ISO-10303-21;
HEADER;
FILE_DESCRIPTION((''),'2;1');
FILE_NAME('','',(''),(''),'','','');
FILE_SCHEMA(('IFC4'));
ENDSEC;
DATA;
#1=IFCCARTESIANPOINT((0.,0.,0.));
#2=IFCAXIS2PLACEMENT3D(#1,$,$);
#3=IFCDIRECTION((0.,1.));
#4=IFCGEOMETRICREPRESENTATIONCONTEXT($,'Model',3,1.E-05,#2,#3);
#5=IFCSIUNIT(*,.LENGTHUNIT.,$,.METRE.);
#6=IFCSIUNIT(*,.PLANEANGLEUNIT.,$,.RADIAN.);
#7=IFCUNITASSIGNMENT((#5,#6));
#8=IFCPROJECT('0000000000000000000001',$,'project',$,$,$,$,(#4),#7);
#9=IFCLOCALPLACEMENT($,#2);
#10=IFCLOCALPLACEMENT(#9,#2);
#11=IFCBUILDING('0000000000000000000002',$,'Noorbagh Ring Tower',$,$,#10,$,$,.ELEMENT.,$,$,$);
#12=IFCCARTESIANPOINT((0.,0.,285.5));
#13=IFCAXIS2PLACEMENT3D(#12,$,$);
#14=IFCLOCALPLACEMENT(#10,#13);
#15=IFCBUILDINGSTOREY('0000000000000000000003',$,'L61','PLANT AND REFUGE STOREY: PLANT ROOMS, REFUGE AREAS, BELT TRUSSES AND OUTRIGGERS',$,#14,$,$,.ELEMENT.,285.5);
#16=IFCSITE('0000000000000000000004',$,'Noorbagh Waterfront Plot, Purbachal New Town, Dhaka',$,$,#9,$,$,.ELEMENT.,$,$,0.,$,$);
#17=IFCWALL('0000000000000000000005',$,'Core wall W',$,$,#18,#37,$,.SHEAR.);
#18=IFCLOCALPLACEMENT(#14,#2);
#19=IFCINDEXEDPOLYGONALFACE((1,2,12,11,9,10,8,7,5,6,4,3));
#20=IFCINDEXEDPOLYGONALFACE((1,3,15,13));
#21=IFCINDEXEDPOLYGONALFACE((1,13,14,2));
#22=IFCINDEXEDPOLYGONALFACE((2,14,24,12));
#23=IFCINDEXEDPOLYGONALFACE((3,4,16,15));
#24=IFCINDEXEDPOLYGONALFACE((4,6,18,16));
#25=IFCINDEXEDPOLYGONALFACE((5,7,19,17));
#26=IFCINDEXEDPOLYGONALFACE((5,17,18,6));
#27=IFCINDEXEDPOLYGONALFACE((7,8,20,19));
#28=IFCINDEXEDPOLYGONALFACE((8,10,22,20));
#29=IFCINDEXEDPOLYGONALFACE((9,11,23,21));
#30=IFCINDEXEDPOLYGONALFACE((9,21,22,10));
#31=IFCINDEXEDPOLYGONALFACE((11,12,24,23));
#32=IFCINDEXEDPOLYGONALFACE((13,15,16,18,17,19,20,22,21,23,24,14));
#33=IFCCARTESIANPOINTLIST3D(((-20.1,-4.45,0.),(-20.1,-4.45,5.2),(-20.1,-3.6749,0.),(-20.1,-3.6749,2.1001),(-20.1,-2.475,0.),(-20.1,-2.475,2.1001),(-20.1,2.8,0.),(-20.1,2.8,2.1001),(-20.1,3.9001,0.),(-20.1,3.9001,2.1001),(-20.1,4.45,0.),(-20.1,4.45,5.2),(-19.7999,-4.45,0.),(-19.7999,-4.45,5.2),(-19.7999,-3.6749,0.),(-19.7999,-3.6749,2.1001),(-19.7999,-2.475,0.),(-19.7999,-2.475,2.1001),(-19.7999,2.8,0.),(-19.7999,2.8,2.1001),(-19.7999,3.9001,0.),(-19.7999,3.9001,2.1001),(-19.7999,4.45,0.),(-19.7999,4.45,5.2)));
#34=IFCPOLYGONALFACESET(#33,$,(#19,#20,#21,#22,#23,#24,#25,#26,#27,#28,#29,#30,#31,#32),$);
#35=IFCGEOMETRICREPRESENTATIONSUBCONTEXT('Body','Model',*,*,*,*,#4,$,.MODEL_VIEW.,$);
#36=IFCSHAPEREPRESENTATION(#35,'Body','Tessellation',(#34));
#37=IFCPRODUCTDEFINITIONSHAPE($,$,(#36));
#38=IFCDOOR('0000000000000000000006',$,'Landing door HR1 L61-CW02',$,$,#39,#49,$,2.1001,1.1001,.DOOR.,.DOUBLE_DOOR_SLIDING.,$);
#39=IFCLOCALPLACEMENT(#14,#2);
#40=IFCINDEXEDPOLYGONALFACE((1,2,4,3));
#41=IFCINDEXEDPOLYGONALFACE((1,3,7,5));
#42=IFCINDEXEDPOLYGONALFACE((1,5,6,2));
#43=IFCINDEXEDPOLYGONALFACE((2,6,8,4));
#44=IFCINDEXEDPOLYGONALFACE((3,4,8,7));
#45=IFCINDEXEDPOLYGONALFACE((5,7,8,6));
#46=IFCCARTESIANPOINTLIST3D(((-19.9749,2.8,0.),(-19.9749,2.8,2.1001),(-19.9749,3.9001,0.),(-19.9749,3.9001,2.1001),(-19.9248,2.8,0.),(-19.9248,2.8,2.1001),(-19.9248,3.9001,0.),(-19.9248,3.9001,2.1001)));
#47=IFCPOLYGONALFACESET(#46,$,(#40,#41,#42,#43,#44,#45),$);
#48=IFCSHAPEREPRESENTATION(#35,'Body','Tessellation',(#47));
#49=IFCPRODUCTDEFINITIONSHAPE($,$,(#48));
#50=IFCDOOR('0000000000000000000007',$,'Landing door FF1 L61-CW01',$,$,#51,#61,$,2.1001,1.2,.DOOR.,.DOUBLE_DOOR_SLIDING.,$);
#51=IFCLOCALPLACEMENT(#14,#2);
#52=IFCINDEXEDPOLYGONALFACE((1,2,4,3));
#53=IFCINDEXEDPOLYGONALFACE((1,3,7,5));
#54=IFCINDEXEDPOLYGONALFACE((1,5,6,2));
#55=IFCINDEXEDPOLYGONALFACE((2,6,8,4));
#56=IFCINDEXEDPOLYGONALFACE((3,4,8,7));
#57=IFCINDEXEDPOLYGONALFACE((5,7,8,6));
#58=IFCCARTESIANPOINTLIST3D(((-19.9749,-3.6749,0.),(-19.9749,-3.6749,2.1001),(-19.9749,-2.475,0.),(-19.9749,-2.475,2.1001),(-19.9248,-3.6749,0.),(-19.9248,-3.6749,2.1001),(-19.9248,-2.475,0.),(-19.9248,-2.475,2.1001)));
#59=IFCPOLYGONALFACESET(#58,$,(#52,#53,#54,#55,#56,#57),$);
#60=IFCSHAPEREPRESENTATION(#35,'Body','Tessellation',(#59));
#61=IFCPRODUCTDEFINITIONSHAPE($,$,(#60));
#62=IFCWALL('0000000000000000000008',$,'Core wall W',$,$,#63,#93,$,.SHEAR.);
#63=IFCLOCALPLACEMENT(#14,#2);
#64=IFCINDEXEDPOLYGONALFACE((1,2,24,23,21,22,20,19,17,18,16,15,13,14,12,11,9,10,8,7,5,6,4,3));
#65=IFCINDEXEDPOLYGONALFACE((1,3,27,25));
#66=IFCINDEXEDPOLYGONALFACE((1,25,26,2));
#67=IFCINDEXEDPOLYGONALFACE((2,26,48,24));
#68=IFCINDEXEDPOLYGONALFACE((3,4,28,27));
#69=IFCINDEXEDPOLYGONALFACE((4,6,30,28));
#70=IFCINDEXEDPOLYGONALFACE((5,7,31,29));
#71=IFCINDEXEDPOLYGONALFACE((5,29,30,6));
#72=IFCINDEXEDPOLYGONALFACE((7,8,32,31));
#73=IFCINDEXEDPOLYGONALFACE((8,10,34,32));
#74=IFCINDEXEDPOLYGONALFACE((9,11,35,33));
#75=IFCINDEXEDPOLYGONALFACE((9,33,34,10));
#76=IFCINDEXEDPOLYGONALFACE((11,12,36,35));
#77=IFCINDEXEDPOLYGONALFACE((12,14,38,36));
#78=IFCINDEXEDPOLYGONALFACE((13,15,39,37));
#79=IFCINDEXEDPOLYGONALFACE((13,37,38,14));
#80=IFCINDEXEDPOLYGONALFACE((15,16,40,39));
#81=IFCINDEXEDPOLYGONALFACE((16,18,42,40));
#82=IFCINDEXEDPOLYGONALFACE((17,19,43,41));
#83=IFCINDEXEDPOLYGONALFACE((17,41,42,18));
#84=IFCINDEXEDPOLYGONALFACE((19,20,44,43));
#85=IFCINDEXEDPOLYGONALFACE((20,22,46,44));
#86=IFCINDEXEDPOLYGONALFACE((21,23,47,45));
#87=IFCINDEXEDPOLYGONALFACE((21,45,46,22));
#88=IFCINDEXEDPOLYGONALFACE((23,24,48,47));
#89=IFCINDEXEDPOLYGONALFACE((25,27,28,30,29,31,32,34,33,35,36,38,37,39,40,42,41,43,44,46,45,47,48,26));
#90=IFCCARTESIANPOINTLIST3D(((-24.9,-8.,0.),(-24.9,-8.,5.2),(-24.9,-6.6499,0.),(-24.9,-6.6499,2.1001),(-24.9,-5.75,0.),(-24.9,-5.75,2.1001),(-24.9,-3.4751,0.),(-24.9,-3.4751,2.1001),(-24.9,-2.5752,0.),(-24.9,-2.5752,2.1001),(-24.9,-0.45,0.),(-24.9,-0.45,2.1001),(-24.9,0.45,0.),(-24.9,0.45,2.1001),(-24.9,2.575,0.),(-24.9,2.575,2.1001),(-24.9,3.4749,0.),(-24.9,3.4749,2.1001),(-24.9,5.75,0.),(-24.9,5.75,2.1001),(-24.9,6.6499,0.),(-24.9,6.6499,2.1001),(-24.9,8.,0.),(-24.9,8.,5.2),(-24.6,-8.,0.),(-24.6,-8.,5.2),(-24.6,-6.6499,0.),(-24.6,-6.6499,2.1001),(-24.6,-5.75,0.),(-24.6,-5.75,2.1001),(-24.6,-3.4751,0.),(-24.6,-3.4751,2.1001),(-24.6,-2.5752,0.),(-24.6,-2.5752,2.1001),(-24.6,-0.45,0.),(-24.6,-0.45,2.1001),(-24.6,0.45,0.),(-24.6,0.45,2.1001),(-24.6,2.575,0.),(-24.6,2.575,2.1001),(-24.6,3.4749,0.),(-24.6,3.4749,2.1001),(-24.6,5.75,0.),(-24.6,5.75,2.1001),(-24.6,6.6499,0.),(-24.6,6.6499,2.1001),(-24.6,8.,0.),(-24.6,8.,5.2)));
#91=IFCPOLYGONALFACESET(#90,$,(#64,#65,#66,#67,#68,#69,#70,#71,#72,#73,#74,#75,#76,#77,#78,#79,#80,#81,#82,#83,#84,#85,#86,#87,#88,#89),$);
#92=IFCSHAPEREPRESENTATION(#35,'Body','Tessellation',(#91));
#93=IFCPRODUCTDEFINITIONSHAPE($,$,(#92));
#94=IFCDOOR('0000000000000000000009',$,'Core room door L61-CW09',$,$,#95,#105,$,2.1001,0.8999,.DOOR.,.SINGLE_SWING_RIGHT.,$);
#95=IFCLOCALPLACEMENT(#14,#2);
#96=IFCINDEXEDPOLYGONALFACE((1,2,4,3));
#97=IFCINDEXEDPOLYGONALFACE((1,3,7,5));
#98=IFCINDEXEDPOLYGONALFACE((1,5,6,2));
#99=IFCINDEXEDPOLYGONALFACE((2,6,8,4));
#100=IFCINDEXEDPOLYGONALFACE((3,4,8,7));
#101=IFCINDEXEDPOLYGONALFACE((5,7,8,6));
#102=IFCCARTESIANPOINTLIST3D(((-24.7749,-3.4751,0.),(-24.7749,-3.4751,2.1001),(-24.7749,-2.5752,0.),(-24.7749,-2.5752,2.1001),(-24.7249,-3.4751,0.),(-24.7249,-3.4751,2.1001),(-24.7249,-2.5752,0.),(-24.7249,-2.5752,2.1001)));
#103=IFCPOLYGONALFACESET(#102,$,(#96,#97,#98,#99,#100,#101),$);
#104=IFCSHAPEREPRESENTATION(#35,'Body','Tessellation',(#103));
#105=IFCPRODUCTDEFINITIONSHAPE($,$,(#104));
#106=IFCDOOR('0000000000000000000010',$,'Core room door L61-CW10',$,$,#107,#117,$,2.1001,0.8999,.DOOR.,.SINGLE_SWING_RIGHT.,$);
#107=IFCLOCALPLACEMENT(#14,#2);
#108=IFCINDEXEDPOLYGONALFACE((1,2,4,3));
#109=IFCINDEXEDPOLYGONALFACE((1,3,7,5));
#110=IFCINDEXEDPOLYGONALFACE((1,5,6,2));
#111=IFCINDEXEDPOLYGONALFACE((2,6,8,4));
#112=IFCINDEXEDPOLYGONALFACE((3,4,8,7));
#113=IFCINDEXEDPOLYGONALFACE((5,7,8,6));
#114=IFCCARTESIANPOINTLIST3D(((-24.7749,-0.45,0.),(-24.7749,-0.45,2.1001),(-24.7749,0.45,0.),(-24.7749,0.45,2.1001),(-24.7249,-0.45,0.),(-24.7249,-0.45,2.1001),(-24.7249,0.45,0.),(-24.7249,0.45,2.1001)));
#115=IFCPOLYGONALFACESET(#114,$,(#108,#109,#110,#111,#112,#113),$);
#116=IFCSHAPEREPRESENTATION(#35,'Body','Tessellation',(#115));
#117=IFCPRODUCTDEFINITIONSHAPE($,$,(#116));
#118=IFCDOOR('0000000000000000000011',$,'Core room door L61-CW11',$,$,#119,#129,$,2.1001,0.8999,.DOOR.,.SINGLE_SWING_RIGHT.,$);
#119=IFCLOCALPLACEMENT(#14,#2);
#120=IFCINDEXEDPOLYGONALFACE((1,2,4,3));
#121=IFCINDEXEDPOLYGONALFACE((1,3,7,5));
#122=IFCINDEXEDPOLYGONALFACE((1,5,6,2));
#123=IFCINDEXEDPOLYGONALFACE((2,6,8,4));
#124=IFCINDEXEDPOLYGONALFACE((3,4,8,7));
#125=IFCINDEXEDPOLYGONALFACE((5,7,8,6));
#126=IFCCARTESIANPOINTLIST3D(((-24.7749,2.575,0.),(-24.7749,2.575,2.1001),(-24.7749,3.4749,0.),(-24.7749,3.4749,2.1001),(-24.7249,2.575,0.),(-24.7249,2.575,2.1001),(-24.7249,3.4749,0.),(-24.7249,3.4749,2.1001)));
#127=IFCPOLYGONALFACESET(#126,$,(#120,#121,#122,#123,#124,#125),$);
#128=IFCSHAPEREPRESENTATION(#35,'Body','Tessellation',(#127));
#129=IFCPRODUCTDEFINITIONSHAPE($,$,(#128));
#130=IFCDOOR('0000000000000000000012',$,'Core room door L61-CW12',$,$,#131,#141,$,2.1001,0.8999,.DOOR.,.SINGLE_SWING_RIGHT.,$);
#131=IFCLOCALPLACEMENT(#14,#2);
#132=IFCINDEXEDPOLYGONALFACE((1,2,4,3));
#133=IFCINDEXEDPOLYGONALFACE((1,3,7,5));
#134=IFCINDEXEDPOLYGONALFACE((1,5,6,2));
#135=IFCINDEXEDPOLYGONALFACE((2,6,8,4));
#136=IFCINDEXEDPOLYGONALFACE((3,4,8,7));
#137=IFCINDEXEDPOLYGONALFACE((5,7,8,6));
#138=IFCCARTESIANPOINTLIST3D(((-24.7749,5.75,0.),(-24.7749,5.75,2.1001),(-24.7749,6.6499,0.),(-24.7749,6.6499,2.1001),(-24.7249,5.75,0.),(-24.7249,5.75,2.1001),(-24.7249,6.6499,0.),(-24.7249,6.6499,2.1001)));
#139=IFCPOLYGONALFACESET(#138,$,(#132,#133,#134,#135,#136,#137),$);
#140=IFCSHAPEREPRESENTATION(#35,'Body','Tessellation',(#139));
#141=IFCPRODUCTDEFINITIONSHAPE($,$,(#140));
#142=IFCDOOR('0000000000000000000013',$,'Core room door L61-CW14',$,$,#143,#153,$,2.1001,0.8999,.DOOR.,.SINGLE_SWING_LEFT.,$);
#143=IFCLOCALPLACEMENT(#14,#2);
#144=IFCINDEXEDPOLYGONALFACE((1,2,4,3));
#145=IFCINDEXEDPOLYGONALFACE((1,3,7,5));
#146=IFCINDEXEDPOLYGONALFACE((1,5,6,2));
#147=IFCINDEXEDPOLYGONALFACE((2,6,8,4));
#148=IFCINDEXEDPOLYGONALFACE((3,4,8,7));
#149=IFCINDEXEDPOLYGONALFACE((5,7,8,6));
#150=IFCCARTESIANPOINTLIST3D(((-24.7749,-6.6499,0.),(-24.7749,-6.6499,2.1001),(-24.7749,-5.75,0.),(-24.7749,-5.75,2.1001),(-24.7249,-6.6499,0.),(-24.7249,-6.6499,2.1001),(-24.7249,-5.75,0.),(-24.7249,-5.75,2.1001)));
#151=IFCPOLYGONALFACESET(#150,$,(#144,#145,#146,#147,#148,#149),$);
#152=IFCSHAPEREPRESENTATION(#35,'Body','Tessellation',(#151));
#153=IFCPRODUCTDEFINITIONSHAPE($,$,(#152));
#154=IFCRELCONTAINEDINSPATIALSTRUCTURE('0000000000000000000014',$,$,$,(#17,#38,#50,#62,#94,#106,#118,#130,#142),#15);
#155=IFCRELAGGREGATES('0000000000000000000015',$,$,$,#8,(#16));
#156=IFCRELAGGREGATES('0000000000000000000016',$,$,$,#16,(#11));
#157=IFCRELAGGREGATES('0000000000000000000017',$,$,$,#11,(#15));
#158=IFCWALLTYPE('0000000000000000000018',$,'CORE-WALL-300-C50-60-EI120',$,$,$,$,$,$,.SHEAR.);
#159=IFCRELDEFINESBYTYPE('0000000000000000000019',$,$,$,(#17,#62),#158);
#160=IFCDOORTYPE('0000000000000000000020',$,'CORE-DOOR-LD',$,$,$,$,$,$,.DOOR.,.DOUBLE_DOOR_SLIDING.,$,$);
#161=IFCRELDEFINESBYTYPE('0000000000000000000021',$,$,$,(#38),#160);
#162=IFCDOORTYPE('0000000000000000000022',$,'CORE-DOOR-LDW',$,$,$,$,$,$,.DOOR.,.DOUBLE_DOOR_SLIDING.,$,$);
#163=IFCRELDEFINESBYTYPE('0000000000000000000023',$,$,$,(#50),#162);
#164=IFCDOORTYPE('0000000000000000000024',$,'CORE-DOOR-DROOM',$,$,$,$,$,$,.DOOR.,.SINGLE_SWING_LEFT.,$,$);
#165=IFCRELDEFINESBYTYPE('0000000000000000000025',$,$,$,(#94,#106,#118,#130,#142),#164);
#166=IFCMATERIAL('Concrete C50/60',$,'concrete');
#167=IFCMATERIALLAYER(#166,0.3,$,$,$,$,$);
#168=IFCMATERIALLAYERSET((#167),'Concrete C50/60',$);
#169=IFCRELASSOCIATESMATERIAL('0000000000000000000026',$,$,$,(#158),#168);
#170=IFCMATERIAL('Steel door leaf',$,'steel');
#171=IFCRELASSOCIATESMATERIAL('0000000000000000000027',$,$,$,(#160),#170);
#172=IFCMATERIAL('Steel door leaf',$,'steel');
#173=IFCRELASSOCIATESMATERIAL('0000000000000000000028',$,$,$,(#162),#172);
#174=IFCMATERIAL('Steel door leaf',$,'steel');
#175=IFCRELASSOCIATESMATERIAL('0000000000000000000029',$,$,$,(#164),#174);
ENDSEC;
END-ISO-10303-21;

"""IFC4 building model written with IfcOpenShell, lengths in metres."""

from ifc_helpers import new_model, si_unit, direction, frame, frame_2d, origin, place, context, subcontext, project, spatial, rectangle, extrude, material, layer, layer_set, type_object, element, fill, save


model = new_model("IFC4")

# Units and contexts
model_context = context("Model", 3, precision=1e-05, world=origin(), true_north=direction((0.0, 1.0)))
body_context = subcontext(model_context, "Body", "Model", "MODEL_VIEW")
ifc_project = project(units=[si_unit("LENGTHUNIT", "METRE"), si_unit("PLANEANGLEUNIT", "RADIAN")], contexts=[model_context])

# Site, building, storey
site_placement = place(None, origin())
site = spatial("IfcSite", under=ifc_project, at=site_placement, Name="Noorbagh Waterfront Plot, Purbachal New Town, Dhaka", CompositionType="ELEMENT", RefElevation=0.0)
building_placement = place(site_placement, origin())
building = spatial("IfcBuilding", under=site, at=building_placement, Name="Noorbagh Ring Tower", CompositionType="ELEMENT")
storey_placement = place(building_placement, frame((0.0, 0.0, 285.5)))
storey = spatial("IfcBuildingStorey", under=building, at=storey_placement, Name="L61", Description="PLANT AND REFUGE STOREY: PLANT ROOMS, REFUGE AREAS, BELT TRUSSES AND OUTRIGGERS", CompositionType="ELEMENT", Elevation=285.5)

# Shared definitions
ifc_material_1 = material(Name="Concrete C50/60", Category="concrete")
ifc_layer_1 = layer(ifc_material_1, 0.3)
ifc_layer_set_1 = layer_set([ifc_layer_1], Name="Concrete C50/60")
wall_type_1 = type_object("IfcWallType", Name="CORE-WALL-300-C50-60-EI120", PredefinedType="SHEAR", material=ifc_layer_set_1)

# Walls, openings, doors
wall_1_placement = place(storey_placement, frame((-19.95, -4.45, 0.0), z_axis=(0.0, 0.0, 1.0), x_axis=(0.0, 1.0, 0.0)))
wall_1 = element("IfcWall", 1, at=wall_1_placement, inside=storey, type_object=wall_type_1, Name="Core wall W", PredefinedType="SHEAR", context=body_context, shape_type="SweptSolid", body=[
    extrude(rectangle(XDim=8.8999, YDim=0.3, at=frame_2d((4.45, 0.0))), origin(), (0.0, 0.0, 1.0), 5.2),
])
opening_1_placement = place(wall_1_placement, frame((0.7749, 0.0, 0.0)))
opening_1 = element("IfcOpeningElement", 2, at=opening_1_placement, cuts=wall_1, PredefinedType="OPENING", context=body_context, shape_type="SweptSolid", body=[
    extrude(rectangle(XDim=1.2, YDim=2.1001, at=frame_2d((0.6001, 1.05))), frame((0.0, 0.1602, 0.0), z_axis=(0.0, -1.0, 0.0), x_axis=(1.0, 0.0, 0.0)), (0.0, 0.0, 1.0), 0.3201),
])
opening_2_placement = place(wall_1_placement, frame((7.25, 0.0, 0.0)))
opening_2 = element("IfcOpeningElement", 3, at=opening_2_placement, cuts=wall_1, PredefinedType="OPENING", context=body_context, shape_type="SweptSolid", body=[
    extrude(rectangle(XDim=1.1001, YDim=2.1001, at=frame_2d((0.55, 1.05))), frame((0.0, 0.1602, 0.0), z_axis=(0.0, -1.0, 0.0), x_axis=(1.0, 0.0, 0.0)), (0.0, 0.0, 1.0), 0.3201),
])
ifc_material_2 = material(Name="Steel door leaf", Category="steel")
door_type_1 = type_object("IfcDoorType", Name="CORE-DOOR-LD", OperationType="DOUBLE_DOOR_SLIDING", PredefinedType="DOOR", material=ifc_material_2)
door_1_placement = place(opening_2_placement, origin())
door_1 = element("IfcDoor", 4, at=door_1_placement, inside=storey, type_object=door_type_1, Name="Landing door HR1 L61-CW02", OperationType="DOUBLE_DOOR_SLIDING", OverallHeight=2.1001, OverallWidth=1.1001, PredefinedType="DOOR", context=body_context, shape_type="SweptSolid", body=[
    extrude(rectangle(XDim=1.1001, YDim=2.1001, at=frame_2d((0.55, 1.05))), frame((0.0, 0.0249, 0.0), z_axis=(0.0, -1.0, 0.0), x_axis=(1.0, 0.0, 0.0)), (0.0, 0.0, 1.0), 0.05),
])
fill(opening_2, door_1)
ifc_material_3 = material(Name="Steel door leaf", Category="steel")
door_type_2 = type_object("IfcDoorType", Name="CORE-DOOR-LDW", OperationType="DOUBLE_DOOR_SLIDING", PredefinedType="DOOR", material=ifc_material_3)
door_2_placement = place(opening_1_placement, origin())
door_2 = element("IfcDoor", 5, at=door_2_placement, inside=storey, type_object=door_type_2, Name="Landing door FF1 L61-CW01", OperationType="DOUBLE_DOOR_SLIDING", OverallHeight=2.1001, OverallWidth=1.2, PredefinedType="DOOR", context=body_context, shape_type="SweptSolid", body=[
    extrude(rectangle(XDim=1.2, YDim=2.1001, at=frame_2d((0.6001, 1.05))), frame((0.0, 0.0249, 0.0), z_axis=(0.0, -1.0, 0.0), x_axis=(1.0, 0.0, 0.0)), (0.0, 0.0, 1.0), 0.05),
])
fill(opening_1, door_2)
wall_2_placement = place(storey_placement, frame((-24.75, -8.0, 0.0), z_axis=(0.0, 0.0, 1.0), x_axis=(0.0, 1.0, 0.0)))
wall_2 = element("IfcWall", 6, at=wall_2_placement, inside=storey, type_object=wall_type_1, Name="Core wall W", PredefinedType="SHEAR", context=body_context, shape_type="SweptSolid", body=[
    extrude(rectangle(XDim=16.0, YDim=0.3, at=frame_2d((8.0, 0.0))), origin(), (0.0, 0.0, 1.0), 5.2),
])
opening_3_placement = place(wall_2_placement, frame((4.5249, 0.0, 0.0)))
opening_3 = element("IfcOpeningElement", 7, at=opening_3_placement, cuts=wall_2, PredefinedType="OPENING", context=body_context, shape_type="SweptSolid", body=[
    extrude(rectangle(XDim=0.8999, YDim=2.1001, at=frame_2d((0.45, 1.05))), frame((0.0, 0.1602, 0.0), z_axis=(0.0, -1.0, 0.0), x_axis=(1.0, 0.0, 0.0)), (0.0, 0.0, 1.0), 0.3201),
])
opening_4_placement = place(wall_2_placement, frame((7.55, 0.0, 0.0)))
opening_4 = element("IfcOpeningElement", 8, at=opening_4_placement, cuts=wall_2, PredefinedType="OPENING", context=body_context, shape_type="SweptSolid", body=[
    extrude(rectangle(XDim=0.8999, YDim=2.1001, at=frame_2d((0.45, 1.05))), frame((0.0, 0.1602, 0.0), z_axis=(0.0, -1.0, 0.0), x_axis=(1.0, 0.0, 0.0)), (0.0, 0.0, 1.0), 0.3201),
])
opening_5_placement = place(wall_2_placement, frame((10.575, 0.0, 0.0)))
opening_5 = element("IfcOpeningElement", 9, at=opening_5_placement, cuts=wall_2, PredefinedType="OPENING", context=body_context, shape_type="SweptSolid", body=[
    extrude(rectangle(XDim=0.8999, YDim=2.1001, at=frame_2d((0.45, 1.05))), frame((0.0, 0.1602, 0.0), z_axis=(0.0, -1.0, 0.0), x_axis=(1.0, 0.0, 0.0)), (0.0, 0.0, 1.0), 0.3201),
])
opening_6_placement = place(wall_2_placement, frame((13.75, 0.0, 0.0)))
opening_6 = element("IfcOpeningElement", 10, at=opening_6_placement, cuts=wall_2, PredefinedType="OPENING", context=body_context, shape_type="SweptSolid", body=[
    extrude(rectangle(XDim=0.8999, YDim=2.1001, at=frame_2d((0.45, 1.05))), frame((0.0, 0.1602, 0.0), z_axis=(0.0, -1.0, 0.0), x_axis=(1.0, 0.0, 0.0)), (0.0, 0.0, 1.0), 0.3201),
])
opening_7_placement = place(wall_2_placement, frame((1.3501, 0.0, 0.0)))
opening_7 = element("IfcOpeningElement", 11, at=opening_7_placement, cuts=wall_2, PredefinedType="OPENING", context=body_context, shape_type="SweptSolid", body=[
    extrude(rectangle(XDim=0.8999, YDim=2.1001, at=frame_2d((0.45, 1.05))), frame((0.0, 0.1602, 0.0), z_axis=(0.0, -1.0, 0.0), x_axis=(1.0, 0.0, 0.0)), (0.0, 0.0, 1.0), 0.3201),
])
ifc_material_4 = material(Name="Steel door leaf", Category="steel")
door_type_3 = type_object("IfcDoorType", Name="CORE-DOOR-DROOM", OperationType="SINGLE_SWING_LEFT", PredefinedType="DOOR", material=ifc_material_4)
door_3_placement = place(opening_3_placement, origin())
door_3 = element("IfcDoor", 12, at=door_3_placement, inside=storey, type_object=door_type_3, Name="Core room door L61-CW09", OperationType="SINGLE_SWING_RIGHT", OverallHeight=2.1001, OverallWidth=0.8999, PredefinedType="DOOR", context=body_context, shape_type="SweptSolid", body=[
    extrude(rectangle(XDim=0.8999, YDim=2.1001, at=frame_2d((0.45, 1.05))), frame((0.0, 0.0249, 0.0), z_axis=(0.0, -1.0, 0.0), x_axis=(1.0, 0.0, 0.0)), (0.0, 0.0, 1.0), 0.05),
])
fill(opening_3, door_3)
door_4_placement = place(opening_4_placement, origin())
door_4 = element("IfcDoor", 13, at=door_4_placement, inside=storey, type_object=door_type_3, Name="Core room door L61-CW10", OperationType="SINGLE_SWING_RIGHT", OverallHeight=2.1001, OverallWidth=0.8999, PredefinedType="DOOR", context=body_context, shape_type="SweptSolid", body=[
    extrude(rectangle(XDim=0.8999, YDim=2.1001, at=frame_2d((0.45, 1.05))), frame((0.0, 0.0249, 0.0), z_axis=(0.0, -1.0, 0.0), x_axis=(1.0, 0.0, 0.0)), (0.0, 0.0, 1.0), 0.05),
])
fill(opening_4, door_4)
door_5_placement = place(opening_5_placement, origin())
door_5 = element("IfcDoor", 14, at=door_5_placement, inside=storey, type_object=door_type_3, Name="Core room door L61-CW11", OperationType="SINGLE_SWING_RIGHT", OverallHeight=2.1001, OverallWidth=0.8999, PredefinedType="DOOR", context=body_context, shape_type="SweptSolid", body=[
    extrude(rectangle(XDim=0.8999, YDim=2.1001, at=frame_2d((0.45, 1.05))), frame((0.0, 0.0249, 0.0), z_axis=(0.0, -1.0, 0.0), x_axis=(1.0, 0.0, 0.0)), (0.0, 0.0, 1.0), 0.05),
])
fill(opening_5, door_5)
door_6_placement = place(opening_6_placement, origin())
door_6 = element("IfcDoor", 15, at=door_6_placement, inside=storey, type_object=door_type_3, Name="Core room door L61-CW12", OperationType="SINGLE_SWING_RIGHT", OverallHeight=2.1001, OverallWidth=0.8999, PredefinedType="DOOR", context=body_context, shape_type="SweptSolid", body=[
    extrude(rectangle(XDim=0.8999, YDim=2.1001, at=frame_2d((0.45, 1.05))), frame((0.0, 0.0249, 0.0), z_axis=(0.0, -1.0, 0.0), x_axis=(1.0, 0.0, 0.0)), (0.0, 0.0, 1.0), 0.05),
])
fill(opening_6, door_6)
door_7_placement = place(opening_7_placement, origin())
door_7 = element("IfcDoor", 16, at=door_7_placement, inside=storey, type_object=door_type_3, Name="Core room door L61-CW14", OperationType="SINGLE_SWING_LEFT", OverallHeight=2.1001, OverallWidth=0.8999, PredefinedType="DOOR", context=body_context, shape_type="SweptSolid", body=[
    extrude(rectangle(XDim=0.8999, YDim=2.1001, at=frame_2d((0.45, 1.05))), frame((0.0, 0.0249, 0.0), z_axis=(0.0, -1.0, 0.0), x_axis=(1.0, 0.0, 0.0)), (0.0, 0.0, 1.0), 0.05),
])
fill(opening_7, door_7)

save(model, "model.ifc")
